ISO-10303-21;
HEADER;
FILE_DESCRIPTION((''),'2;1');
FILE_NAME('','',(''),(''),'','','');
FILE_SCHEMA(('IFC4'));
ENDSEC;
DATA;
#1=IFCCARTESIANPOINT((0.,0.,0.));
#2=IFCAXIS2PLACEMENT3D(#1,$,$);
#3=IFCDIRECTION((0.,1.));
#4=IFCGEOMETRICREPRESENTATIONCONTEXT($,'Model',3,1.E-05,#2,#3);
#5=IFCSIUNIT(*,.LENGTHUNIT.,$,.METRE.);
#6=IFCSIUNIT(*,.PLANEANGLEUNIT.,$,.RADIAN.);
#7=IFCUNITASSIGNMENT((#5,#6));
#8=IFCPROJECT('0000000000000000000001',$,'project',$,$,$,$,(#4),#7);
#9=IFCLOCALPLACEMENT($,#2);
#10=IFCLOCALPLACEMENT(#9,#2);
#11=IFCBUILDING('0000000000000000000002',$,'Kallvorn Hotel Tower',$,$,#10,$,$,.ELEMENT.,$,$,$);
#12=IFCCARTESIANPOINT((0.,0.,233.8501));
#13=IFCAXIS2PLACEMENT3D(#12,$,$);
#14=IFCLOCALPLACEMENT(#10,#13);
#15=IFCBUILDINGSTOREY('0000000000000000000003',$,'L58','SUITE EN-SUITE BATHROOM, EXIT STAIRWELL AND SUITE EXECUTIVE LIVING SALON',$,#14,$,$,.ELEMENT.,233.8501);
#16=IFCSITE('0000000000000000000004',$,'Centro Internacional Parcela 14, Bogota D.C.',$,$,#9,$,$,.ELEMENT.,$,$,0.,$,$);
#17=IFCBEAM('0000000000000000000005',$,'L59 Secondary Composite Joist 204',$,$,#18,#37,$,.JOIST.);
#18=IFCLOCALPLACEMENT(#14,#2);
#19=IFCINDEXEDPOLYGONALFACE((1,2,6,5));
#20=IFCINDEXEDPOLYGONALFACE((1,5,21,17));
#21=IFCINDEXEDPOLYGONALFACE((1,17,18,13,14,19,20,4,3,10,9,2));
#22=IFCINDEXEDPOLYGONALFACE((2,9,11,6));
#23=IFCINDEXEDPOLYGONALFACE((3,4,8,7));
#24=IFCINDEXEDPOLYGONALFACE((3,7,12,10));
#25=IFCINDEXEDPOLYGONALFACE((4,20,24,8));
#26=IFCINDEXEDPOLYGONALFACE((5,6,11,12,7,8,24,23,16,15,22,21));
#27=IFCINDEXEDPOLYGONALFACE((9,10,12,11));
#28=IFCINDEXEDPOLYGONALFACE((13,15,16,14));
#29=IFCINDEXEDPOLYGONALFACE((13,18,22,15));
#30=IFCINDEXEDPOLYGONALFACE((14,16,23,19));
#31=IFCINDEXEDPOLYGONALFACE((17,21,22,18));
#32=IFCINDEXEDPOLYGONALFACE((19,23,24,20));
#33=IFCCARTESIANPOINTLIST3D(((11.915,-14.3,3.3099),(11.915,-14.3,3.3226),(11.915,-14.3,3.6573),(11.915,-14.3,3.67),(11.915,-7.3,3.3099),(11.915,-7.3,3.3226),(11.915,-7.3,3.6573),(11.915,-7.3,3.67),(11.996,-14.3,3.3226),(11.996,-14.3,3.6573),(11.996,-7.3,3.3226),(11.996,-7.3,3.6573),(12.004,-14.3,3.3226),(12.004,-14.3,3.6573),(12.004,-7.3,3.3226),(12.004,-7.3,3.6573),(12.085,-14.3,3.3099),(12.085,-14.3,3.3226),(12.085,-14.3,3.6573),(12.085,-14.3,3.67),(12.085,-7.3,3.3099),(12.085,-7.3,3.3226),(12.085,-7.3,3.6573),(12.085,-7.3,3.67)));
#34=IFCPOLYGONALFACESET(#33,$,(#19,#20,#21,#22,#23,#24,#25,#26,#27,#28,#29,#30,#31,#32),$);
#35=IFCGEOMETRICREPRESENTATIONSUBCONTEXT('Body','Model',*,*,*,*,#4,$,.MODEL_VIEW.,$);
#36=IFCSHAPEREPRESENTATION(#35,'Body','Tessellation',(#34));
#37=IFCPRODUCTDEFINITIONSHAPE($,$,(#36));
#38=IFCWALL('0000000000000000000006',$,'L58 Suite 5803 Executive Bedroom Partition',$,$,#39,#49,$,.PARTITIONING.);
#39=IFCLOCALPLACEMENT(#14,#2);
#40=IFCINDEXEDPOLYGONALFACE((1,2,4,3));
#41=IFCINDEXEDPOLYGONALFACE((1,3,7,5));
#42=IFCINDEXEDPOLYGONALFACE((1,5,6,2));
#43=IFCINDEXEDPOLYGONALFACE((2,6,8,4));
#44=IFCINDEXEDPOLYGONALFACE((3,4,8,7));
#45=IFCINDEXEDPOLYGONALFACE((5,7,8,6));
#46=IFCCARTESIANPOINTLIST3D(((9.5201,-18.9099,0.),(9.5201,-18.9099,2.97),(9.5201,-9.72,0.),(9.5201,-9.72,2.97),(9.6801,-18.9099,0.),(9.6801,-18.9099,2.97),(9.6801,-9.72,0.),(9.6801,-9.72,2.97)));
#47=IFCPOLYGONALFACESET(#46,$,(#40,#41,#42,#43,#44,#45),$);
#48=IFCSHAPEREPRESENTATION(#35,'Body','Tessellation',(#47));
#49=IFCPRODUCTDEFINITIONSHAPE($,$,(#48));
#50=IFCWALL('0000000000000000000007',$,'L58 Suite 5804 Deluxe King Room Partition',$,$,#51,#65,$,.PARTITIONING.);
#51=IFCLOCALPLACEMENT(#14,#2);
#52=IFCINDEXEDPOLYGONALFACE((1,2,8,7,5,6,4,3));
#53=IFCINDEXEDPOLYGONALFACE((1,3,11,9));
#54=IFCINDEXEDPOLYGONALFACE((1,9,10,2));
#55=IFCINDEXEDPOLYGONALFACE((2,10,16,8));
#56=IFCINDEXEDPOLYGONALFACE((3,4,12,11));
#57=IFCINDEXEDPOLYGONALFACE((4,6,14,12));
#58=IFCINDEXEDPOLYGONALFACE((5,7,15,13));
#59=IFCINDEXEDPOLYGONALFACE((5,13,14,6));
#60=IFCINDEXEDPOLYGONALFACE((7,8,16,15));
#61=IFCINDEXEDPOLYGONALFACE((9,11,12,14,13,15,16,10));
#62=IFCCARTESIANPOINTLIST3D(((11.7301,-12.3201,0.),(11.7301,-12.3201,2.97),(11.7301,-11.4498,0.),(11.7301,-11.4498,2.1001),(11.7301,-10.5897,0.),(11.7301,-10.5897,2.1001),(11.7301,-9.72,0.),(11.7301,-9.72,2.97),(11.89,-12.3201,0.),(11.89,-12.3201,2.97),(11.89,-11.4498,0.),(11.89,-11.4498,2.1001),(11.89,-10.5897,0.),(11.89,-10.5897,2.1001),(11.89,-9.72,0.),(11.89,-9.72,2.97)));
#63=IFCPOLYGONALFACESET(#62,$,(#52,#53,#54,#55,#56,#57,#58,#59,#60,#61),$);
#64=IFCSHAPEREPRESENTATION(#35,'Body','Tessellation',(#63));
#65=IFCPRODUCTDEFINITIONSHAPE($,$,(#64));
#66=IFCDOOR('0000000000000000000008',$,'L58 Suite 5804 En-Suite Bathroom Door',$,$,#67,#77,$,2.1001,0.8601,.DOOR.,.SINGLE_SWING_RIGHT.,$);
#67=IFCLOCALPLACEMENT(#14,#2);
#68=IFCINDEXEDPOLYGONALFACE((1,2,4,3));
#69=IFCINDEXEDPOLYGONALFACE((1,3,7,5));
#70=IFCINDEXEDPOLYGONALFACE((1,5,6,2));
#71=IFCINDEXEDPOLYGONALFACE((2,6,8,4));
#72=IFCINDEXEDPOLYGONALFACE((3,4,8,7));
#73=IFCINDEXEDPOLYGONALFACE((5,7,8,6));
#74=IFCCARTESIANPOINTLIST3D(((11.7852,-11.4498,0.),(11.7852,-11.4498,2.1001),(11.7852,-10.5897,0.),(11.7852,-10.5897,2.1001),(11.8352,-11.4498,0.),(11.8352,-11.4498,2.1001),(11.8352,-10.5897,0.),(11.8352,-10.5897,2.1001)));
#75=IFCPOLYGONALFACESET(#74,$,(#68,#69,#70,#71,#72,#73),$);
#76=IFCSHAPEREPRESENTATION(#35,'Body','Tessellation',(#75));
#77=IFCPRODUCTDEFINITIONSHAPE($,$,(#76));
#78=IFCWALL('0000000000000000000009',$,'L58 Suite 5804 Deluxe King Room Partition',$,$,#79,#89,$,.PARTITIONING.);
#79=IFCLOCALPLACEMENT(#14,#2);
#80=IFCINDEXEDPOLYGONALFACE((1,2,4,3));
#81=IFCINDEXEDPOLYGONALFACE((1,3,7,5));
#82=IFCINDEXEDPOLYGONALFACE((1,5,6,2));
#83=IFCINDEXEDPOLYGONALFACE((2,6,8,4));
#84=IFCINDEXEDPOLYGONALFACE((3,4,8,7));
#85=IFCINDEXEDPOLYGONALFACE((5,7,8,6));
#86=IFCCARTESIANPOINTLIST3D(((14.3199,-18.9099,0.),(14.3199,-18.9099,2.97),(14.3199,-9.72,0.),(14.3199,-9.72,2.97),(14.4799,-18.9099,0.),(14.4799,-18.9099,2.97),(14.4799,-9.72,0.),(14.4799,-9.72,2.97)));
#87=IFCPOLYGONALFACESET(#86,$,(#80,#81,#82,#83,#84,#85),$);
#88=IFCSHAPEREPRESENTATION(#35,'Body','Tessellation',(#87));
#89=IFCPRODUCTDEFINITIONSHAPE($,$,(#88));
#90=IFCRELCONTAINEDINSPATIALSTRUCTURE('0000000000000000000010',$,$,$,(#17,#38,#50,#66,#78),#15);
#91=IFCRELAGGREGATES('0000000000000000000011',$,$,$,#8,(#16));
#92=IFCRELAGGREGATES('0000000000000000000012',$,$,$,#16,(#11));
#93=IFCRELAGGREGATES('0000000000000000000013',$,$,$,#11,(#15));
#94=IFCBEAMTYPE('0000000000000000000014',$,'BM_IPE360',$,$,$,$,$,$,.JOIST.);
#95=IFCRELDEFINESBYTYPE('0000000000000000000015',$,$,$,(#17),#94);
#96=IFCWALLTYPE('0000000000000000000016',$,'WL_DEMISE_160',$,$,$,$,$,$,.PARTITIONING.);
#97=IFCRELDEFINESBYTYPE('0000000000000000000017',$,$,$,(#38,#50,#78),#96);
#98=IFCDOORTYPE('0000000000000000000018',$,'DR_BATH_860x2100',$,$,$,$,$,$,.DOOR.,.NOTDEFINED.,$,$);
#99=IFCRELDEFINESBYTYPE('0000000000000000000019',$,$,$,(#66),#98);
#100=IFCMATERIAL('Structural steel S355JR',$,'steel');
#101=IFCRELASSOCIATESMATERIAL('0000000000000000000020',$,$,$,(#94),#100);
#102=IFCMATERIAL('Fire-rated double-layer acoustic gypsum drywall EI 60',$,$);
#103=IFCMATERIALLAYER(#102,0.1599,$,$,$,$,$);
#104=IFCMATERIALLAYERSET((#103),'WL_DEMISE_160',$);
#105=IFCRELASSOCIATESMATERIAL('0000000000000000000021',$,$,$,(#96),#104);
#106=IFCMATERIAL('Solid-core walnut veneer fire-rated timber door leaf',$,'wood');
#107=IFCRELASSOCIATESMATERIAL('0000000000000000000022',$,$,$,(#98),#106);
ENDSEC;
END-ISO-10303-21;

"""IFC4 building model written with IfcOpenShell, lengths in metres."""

from ifc_helpers import new_model, si_unit, direction, frame, frame_2d, origin, origin_2d, place, context, subcontext, project, spatial, rectangle, i_section, extrude, material, layer, layer_set, material_profile, profile_set, type_object, element, fill, save


model = new_model("IFC4")

# Units and contexts
model_context = context("Model", 3, precision=1e-05, world=origin(), true_north=direction((0.0, 1.0)))
body_context = subcontext(model_context, "Body", "Model", "MODEL_VIEW")
ifc_project = project(units=[si_unit("LENGTHUNIT", "METRE"), si_unit("PLANEANGLEUNIT", "RADIAN")], contexts=[model_context])

# Site, building, storey
site_placement = place(None, origin())
site = spatial("IfcSite", under=ifc_project, at=site_placement, Name="Centro Internacional Parcela 14, Bogota D.C.", CompositionType="ELEMENT", RefElevation=0.0)
building_placement = place(site_placement, origin())
building = spatial("IfcBuilding", under=site, at=building_placement, Name="Kallvorn Hotel Tower", CompositionType="ELEMENT")
storey_placement = place(building_placement, frame((0.0, 0.0, 233.8501)))
storey = spatial("IfcBuildingStorey", under=building, at=storey_placement, Name="L58", Description="SUITE EN-SUITE BATHROOM, EXIT STAIRWELL AND SUITE EXECUTIVE LIVING SALON", CompositionType="ELEMENT", Elevation=233.8501)

# Beam
ifc_material_1 = material(Name="Structural steel S355JR", Category="steel")
ifc_material_profile_1 = material_profile(ifc_material_1, i_section(OverallWidth=0.1699, OverallDepth=0.3601, WebThickness=0.0081, FlangeThickness=0.0127, at=origin_2d()), Name="IPE 360")
ifc_profile_set_1 = profile_set([ifc_material_profile_1], Name="Structural steel S355JR")
beam_type_1 = type_object("IfcBeamType", Name="BM_IPE360", PredefinedType="JOIST", material=ifc_profile_set_1)
for number, where, z_axis, x_axis, name in (
    (1, (12.0, -14.3, 3.49), (0.0, 1.0, 0.0), (-1.0, 0.0, 0.0), "L59 Secondary Composite Joist 204"),
):
    element("IfcBeam", number, at=place(storey_placement, frame(where, z_axis=z_axis, x_axis=x_axis)), inside=storey, type_object=beam_type_1, Name=name, PredefinedType="JOIST", context=body_context, shape_type="SweptSolid", body=[
        extrude(i_section(OverallWidth=0.1699, OverallDepth=0.3601, WebThickness=0.0081, FlangeThickness=0.0127, at=origin_2d()), origin(), (0.0, 0.0, 1.0), 7.0),
    ])

# Wall
ifc_material_2 = material(Name="Fire-rated double-layer acoustic gypsum drywall EI 60")
ifc_layer = layer(ifc_material_2, 0.1599)
ifc_layer_set = layer_set([ifc_layer], Name="WL_DEMISE_160")
wall_type = type_object("IfcWallType", Name="WL_DEMISE_160", PredefinedType="PARTITIONING", material=ifc_layer_set)
wall_1_placement = place(storey_placement, frame((9.6001, -18.9099, 0.0), z_axis=(0.0, 0.0, 1.0), x_axis=(0.0, 1.0, 0.0)))
element("IfcWall", 2, at=wall_1_placement, inside=storey, type_object=wall_type, Name="L58 Suite 5803 Executive Bedroom Partition", PredefinedType="PARTITIONING", context=body_context, shape_type="SweptSolid", body=[
    extrude(rectangle(XDim=9.1899, YDim=0.1599, at=frame_2d((4.595, 0.0))), origin(), (0.0, 0.0, 1.0), 2.97),
])

# Wall, opening, door
wall_2_placement = place(storey_placement, frame((11.8101, -12.3201, 0.0), z_axis=(0.0, 0.0, 1.0), x_axis=(0.0, 1.0, 0.0)))
wall_2 = element("IfcWall", 3, at=wall_2_placement, inside=storey, type_object=wall_type, Name="L58 Suite 5804 Deluxe King Room Partition", PredefinedType="PARTITIONING", context=body_context, shape_type="SweptSolid", body=[
    extrude(rectangle(XDim=2.6001, YDim=0.1599, at=frame_2d((1.3, 0.0))), origin(), (0.0, 0.0, 1.0), 2.97),
])
opening_placement = place(wall_2_placement, frame((0.8701, 0.0, 0.0)))
opening = element("IfcOpeningElement", 4, at=opening_placement, cuts=wall_2, PredefinedType="OPENING", context=body_context, shape_type="SweptSolid", body=[
    extrude(rectangle(XDim=0.8601, YDim=2.1001, at=frame_2d((0.4302, 1.05))), frame((0.0, 0.095, 0.0), z_axis=(0.0, -1.0, 0.0), x_axis=(1.0, 0.0, 0.0)), (0.0, 0.0, 1.0), 0.1899),
])
ifc_material_3 = material(Name="Solid-core walnut veneer fire-rated timber door leaf", Category="wood")
door_type = type_object("IfcDoorType", Name="DR_BATH_860x2100", OperationType="NOTDEFINED", PredefinedType="DOOR", material=ifc_material_3)
door_placement = place(opening_placement, origin())
door = element("IfcDoor", 5, at=door_placement, inside=storey, type_object=door_type, Name="L58 Suite 5804 En-Suite Bathroom Door", OperationType="SINGLE_SWING_RIGHT", OverallHeight=2.1001, OverallWidth=0.8601, PredefinedType="DOOR", context=body_context, shape_type="SweptSolid", body=[
    extrude(rectangle(XDim=0.8601, YDim=2.1001, at=frame_2d((0.4302, 1.05))), frame((0.0, 0.0249, 0.0), z_axis=(0.0, -1.0, 0.0), x_axis=(1.0, 0.0, 0.0)), (0.0, 0.0, 1.0), 0.05),
])
fill(opening, door)

# Wall
wall_3_placement = place(storey_placement, frame((14.3999, -18.9099, 0.0), z_axis=(0.0, 0.0, 1.0), x_axis=(0.0, 1.0, 0.0)))
element("IfcWall", 6, at=wall_3_placement, inside=storey, type_object=wall_type, Name="L58 Suite 5804 Deluxe King Room Partition", PredefinedType="PARTITIONING", context=body_context, shape_type="SweptSolid", body=[
    extrude(rectangle(XDim=9.1899, YDim=0.1599, at=frame_2d((4.595, 0.0))), origin(), (0.0, 0.0, 1.0), 2.97),
])

save(model, "model.ifc")
